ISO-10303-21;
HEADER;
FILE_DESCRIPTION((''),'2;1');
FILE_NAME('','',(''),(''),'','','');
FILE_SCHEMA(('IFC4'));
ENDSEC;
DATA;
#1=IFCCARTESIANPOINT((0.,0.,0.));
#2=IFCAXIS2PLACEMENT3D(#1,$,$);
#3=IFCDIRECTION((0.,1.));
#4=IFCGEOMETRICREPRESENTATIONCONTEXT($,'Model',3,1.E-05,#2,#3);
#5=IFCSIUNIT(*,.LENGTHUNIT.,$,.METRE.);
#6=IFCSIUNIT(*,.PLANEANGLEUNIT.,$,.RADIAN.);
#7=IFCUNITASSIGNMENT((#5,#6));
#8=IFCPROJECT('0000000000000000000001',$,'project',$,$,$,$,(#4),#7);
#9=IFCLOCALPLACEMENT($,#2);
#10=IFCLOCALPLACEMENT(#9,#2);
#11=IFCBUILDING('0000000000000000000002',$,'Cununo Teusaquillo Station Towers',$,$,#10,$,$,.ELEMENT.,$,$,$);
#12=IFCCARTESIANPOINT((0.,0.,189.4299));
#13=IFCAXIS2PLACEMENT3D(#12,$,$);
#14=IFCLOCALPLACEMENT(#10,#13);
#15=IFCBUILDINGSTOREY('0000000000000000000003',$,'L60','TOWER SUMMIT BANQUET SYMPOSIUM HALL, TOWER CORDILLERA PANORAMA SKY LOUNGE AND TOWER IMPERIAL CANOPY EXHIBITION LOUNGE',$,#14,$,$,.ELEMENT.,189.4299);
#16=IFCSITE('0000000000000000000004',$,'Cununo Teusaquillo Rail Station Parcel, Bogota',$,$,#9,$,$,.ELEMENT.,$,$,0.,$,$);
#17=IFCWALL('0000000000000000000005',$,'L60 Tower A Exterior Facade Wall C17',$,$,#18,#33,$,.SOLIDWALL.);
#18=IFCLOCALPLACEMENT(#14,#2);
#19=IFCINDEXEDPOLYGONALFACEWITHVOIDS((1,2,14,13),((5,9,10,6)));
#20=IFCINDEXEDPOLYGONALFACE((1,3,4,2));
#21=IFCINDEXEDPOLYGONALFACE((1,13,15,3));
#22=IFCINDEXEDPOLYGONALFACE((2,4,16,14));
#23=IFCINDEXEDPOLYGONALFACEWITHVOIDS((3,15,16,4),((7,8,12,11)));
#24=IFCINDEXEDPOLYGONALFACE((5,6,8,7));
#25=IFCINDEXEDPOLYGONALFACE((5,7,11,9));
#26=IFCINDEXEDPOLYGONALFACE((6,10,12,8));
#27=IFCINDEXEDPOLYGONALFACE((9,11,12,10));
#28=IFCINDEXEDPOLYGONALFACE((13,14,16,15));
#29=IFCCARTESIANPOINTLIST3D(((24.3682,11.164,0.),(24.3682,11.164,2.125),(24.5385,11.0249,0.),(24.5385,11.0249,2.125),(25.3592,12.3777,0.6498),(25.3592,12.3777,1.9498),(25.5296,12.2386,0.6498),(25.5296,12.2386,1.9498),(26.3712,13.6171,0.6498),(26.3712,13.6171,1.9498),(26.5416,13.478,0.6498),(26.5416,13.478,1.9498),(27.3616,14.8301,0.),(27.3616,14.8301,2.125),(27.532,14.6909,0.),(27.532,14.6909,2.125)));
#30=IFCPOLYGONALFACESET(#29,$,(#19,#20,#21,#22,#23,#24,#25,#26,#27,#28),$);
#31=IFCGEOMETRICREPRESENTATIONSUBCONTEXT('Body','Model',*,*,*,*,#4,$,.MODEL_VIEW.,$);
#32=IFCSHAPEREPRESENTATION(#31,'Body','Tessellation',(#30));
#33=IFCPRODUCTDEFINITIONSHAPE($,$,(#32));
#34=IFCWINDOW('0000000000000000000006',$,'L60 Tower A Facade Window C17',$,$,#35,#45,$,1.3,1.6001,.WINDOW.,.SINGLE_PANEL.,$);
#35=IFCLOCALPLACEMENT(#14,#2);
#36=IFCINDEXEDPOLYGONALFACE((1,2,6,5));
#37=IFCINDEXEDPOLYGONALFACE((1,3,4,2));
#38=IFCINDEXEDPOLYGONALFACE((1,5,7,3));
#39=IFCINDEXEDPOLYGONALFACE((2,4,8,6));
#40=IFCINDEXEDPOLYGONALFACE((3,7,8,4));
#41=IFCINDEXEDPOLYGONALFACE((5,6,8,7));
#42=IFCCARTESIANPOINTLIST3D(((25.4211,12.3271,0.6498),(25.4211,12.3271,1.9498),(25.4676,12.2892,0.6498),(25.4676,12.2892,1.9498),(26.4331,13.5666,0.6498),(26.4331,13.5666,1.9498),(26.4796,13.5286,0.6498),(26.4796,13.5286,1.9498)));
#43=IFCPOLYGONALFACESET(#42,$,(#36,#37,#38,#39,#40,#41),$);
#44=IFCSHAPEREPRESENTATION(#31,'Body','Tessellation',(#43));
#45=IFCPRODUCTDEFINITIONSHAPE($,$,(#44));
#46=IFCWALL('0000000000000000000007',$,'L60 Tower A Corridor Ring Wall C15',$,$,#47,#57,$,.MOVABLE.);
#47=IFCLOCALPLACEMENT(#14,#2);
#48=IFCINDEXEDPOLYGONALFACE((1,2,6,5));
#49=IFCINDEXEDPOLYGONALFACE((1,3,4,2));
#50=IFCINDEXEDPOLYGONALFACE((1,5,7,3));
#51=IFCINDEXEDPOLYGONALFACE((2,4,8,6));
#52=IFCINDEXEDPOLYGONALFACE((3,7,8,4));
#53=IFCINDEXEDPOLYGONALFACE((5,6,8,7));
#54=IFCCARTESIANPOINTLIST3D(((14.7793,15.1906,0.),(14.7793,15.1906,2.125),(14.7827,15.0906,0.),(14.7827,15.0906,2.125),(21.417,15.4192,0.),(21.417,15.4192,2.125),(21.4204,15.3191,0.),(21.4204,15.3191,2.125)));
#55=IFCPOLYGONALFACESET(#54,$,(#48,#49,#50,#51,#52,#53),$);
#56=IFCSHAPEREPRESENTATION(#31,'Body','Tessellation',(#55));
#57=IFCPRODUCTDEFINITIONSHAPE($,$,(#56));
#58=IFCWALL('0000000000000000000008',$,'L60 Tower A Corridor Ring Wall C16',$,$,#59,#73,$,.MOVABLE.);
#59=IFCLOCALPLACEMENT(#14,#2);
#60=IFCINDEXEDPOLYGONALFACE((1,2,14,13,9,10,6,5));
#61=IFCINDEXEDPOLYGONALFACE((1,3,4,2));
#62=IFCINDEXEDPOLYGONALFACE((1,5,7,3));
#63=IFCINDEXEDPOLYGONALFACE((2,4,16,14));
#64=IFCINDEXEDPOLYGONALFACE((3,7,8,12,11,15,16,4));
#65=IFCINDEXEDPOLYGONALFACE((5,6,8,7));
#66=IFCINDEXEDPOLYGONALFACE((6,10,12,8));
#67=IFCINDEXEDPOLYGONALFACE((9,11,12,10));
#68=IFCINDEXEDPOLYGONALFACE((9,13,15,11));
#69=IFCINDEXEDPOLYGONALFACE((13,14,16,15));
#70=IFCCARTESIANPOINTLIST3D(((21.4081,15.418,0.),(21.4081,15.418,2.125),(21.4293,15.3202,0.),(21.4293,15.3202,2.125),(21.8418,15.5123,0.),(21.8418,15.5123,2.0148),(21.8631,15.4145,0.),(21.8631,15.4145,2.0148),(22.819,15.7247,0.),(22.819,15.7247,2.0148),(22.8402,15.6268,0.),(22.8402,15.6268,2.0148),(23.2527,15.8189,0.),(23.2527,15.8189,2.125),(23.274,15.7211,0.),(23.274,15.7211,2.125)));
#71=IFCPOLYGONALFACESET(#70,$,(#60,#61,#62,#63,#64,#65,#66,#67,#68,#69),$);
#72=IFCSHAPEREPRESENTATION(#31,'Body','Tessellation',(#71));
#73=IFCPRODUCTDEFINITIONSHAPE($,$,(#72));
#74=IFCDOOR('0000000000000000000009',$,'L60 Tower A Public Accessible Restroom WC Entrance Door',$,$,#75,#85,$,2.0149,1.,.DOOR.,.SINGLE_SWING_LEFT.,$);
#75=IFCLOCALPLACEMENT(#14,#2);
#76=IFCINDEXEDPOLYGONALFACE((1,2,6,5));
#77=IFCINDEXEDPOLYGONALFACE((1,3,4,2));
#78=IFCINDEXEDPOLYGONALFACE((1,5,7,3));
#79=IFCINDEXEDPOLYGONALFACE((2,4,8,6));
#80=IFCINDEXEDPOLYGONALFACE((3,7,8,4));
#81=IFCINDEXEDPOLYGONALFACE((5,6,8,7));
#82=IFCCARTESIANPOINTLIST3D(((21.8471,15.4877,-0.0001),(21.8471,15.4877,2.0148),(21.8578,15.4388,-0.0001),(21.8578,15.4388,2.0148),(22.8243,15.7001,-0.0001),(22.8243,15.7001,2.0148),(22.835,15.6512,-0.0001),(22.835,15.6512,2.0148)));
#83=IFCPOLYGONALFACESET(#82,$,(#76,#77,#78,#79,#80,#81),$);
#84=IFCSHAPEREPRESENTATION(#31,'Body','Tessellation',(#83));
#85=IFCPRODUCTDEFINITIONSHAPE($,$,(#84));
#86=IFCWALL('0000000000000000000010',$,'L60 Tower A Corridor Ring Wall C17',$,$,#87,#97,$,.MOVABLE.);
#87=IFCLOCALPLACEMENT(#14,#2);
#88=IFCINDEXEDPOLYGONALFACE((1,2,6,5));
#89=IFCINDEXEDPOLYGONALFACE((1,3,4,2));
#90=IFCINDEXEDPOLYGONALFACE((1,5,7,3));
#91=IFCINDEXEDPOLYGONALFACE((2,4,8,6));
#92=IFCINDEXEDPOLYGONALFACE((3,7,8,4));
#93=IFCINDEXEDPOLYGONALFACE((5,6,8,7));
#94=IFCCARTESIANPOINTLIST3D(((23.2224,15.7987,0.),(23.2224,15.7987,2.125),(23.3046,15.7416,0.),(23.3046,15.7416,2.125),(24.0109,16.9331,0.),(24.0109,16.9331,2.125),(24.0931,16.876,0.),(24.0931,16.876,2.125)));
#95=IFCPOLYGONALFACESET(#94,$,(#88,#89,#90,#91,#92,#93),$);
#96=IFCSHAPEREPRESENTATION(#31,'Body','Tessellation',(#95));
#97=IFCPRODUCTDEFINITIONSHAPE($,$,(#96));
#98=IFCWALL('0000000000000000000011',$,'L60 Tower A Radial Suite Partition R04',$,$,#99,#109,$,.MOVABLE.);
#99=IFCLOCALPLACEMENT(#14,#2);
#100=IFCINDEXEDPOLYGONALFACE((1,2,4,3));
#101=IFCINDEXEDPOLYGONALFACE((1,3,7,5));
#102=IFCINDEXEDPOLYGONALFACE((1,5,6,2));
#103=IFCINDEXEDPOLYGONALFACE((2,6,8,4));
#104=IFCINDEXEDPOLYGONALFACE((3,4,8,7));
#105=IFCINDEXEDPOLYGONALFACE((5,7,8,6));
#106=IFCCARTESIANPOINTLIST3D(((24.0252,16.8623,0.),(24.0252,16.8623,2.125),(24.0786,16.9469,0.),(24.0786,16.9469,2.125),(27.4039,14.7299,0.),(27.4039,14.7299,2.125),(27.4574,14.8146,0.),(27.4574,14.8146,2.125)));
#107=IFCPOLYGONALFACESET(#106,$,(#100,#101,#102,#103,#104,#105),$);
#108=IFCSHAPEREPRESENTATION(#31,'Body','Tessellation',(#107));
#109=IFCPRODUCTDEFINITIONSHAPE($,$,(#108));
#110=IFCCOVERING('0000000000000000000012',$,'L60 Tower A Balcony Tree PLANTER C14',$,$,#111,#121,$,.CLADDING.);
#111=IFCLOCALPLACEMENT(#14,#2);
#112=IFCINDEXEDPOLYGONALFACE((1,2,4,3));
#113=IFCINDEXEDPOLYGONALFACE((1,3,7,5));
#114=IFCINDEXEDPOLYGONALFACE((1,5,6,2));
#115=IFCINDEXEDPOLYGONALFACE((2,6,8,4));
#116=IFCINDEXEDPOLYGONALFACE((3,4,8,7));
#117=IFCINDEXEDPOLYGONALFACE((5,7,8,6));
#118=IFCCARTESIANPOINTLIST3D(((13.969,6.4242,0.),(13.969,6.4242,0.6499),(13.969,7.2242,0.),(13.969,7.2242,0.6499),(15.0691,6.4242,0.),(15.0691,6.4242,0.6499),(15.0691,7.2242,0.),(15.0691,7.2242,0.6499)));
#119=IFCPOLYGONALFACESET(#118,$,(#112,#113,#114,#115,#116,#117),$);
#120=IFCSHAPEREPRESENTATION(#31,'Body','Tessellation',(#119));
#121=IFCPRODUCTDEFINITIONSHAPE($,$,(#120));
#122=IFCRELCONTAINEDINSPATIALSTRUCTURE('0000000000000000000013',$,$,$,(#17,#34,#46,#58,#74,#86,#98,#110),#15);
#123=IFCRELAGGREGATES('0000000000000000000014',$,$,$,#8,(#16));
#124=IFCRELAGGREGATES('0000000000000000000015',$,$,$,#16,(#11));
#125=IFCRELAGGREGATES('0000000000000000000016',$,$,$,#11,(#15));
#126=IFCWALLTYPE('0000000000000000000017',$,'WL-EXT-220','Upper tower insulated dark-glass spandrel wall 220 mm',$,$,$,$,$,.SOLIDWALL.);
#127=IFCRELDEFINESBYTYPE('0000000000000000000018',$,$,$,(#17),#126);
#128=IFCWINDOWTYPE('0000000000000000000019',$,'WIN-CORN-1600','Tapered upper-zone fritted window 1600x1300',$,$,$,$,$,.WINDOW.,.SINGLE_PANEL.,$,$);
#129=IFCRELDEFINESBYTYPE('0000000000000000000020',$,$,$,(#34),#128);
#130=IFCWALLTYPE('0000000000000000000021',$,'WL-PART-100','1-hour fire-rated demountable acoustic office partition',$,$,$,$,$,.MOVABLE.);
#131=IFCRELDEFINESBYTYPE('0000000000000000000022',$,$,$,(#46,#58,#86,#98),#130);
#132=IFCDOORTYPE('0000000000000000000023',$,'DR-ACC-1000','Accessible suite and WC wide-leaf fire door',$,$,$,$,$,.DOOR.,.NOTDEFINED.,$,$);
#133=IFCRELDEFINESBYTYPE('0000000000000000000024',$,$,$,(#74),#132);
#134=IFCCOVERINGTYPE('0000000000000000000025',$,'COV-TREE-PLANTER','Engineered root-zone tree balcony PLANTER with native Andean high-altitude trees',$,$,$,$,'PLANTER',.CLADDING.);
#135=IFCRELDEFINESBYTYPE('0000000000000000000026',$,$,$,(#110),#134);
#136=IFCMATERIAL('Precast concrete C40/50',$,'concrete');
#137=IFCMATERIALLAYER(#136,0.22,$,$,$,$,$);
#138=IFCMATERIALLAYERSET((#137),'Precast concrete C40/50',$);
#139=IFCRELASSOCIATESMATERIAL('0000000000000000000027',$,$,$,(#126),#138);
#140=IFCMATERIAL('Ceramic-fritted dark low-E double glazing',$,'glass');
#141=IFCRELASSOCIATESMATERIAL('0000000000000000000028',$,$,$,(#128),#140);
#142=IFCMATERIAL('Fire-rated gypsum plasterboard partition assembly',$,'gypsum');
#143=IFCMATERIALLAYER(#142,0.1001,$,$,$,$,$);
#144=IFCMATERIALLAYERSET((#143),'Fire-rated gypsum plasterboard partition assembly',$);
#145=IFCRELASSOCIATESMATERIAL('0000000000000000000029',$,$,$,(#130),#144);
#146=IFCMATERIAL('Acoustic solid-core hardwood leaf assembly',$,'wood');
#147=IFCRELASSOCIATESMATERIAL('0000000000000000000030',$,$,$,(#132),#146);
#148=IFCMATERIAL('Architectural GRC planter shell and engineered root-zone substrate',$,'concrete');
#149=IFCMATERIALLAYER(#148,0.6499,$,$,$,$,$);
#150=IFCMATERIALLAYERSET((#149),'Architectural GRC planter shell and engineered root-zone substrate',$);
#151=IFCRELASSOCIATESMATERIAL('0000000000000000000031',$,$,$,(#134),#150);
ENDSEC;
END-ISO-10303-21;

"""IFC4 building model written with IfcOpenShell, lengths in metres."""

from ifc_helpers import new_model, si_unit, direction, frame, frame_2d, origin, origin_2d, place, context, subcontext, project, spatial, rectangle, extrude, source, transform, mapped, material, layer, layer_set, type_object, element, fill, save


model = new_model("IFC4")

# Units and contexts
model_context = context("Model", 3, precision=1e-05, world=origin(), true_north=direction((0.0, 1.0)))
body_context = subcontext(model_context, "Body", "Model", "MODEL_VIEW")
ifc_project = project(units=[si_unit("LENGTHUNIT", "METRE"), si_unit("PLANEANGLEUNIT", "RADIAN")], contexts=[model_context])

# Site, building, storey
site_placement = place(None, origin())
site = spatial("IfcSite", under=ifc_project, at=site_placement, Name="Cununo Teusaquillo Rail Station Parcel, Bogota", CompositionType="ELEMENT", RefElevation=0.0)
building_placement = place(site_placement, origin())
building = spatial("IfcBuilding", under=site, at=building_placement, Name="Cununo Teusaquillo Station Towers", CompositionType="ELEMENT")
storey_placement = place(building_placement, frame((0.0, 0.0, 189.4299)))
storey = spatial("IfcBuildingStorey", under=building, at=storey_placement, Name="L60", Description="TOWER SUMMIT BANQUET SYMPOSIUM HALL, TOWER CORDILLERA PANORAMA SKY LOUNGE AND TOWER IMPERIAL CANOPY EXHIBITION LOUNGE", CompositionType="ELEMENT", Elevation=189.4299)

# Shared definitions
ifc_material_1 = material(Name="Precast concrete C40/50", Category="concrete")
ifc_layer_1 = layer(ifc_material_1, 0.22)
ifc_layer_set_1 = layer_set([ifc_layer_1], Name="Precast concrete C40/50")
wall_type_1 = type_object("IfcWallType", Name="WL-EXT-220", Description="Upper tower insulated dark-glass spandrel wall 220 mm", PredefinedType="SOLIDWALL", material=ifc_layer_set_1)

# Shared definitions
shared_shape_1 = source(origin(), body_context, "Body", "SweptSolid", [
    extrude(rectangle(XDim=1.6001, YDim=1.3, at=frame_2d((0.8, 0.6499))), frame((0.0, 0.1199, 0.0), z_axis=(0.0, -1.0, 0.0), x_axis=(1.0, 0.0, 0.0)), (0.0, 0.0, 1.0), 0.24),
])
ifc_material_2 = material(Name="Ceramic-fritted dark low-E double glazing", Category="glass")
window_type = type_object("IfcWindowType", Name="WIN-CORN-1600", Description="Tapered upper-zone fritted window 1600x1300", PartitioningType="SINGLE_PANEL", PredefinedType="WINDOW", material=ifc_material_2)
shared_shape_2 = source(origin(), body_context, "Body", "SweptSolid", [
    extrude(rectangle(XDim=1.6001, YDim=1.3, at=frame_2d((0.8, 0.6499))), frame((0.0, 0.03, 0.0), z_axis=(0.0, -1.0, 0.0), x_axis=(1.0, 0.0, 0.0)), (0.0, 0.0, 1.0), 0.0601),
])

# Wall, opening, window
wall_1_placement = place(storey_placement, frame((27.4468, 14.7605, 0.0), z_axis=(0.0, 0.0, 1.0), x_axis=(-0.632471, -0.774584, 0.0)))
wall_1 = element("IfcWall", 1, at=wall_1_placement, inside=storey, type_object=wall_type_1, Name="L60 Tower A Exterior Facade Wall C17", PredefinedType="SOLIDWALL", context=body_context, shape_type="SweptSolid", body=[
    extrude(rectangle(XDim=4.7329, YDim=0.22, at=frame_2d((2.3665, 0.0))), origin(), (0.0, 0.0, 1.0), 2.125),
])
opening_1_placement = place(wall_1_placement, frame((1.5659, 0.0, 0.6499)))
opening_1 = element("IfcOpeningElement", 2, at=opening_1_placement, cuts=wall_1, PredefinedType="OPENING", context=body_context, shape_type="MappedRepresentation", body=[
    mapped(shared_shape_1, transform((0.0, 0.0, 0.0), x_axis=(1.0, 0.0, 0.0), y_axis=(0.0, 1.0, 0.0), z_axis=(0.0, 0.0, 1.0), scale=1.0)),
])
window_1_placement = place(opening_1_placement, origin())
window_1 = element("IfcWindow", 3, at=window_1_placement, inside=storey, type_object=window_type, Name="L60 Tower A Facade Window C17", OverallHeight=1.3, OverallWidth=1.6001, PartitioningType="SINGLE_PANEL", PredefinedType="WINDOW", context=body_context, shape_type="MappedRepresentation", body=[
    mapped(shared_shape_2, transform((0.0, 0.0, 0.0), x_axis=(1.0, 0.0, 0.0), y_axis=(0.0, 1.0, 0.0), z_axis=(0.0, 0.0, 1.0), scale=1.0)),
])
fill(opening_1, window_1)

# Wall
ifc_material_3 = material(Name="Fire-rated gypsum plasterboard partition assembly", Category="gypsum")
ifc_layer_2 = layer(ifc_material_3, 0.1001)
ifc_layer_set_2 = layer_set([ifc_layer_2], Name="Fire-rated gypsum plasterboard partition assembly")
wall_type_2 = type_object("IfcWallType", Name="WL-PART-100", Description="1-hour fire-rated demountable acoustic office partition", PredefinedType="MOVABLE", material=ifc_layer_set_2)
wall_2_placement = place(storey_placement, frame((14.781, 15.1406, 0.0), z_axis=(0.0, 0.0, 1.0), x_axis=(0.999408, 0.034407, 0.0)))
element("IfcWall", 4, at=wall_2_placement, inside=storey, type_object=wall_type_2, Name="L60 Tower A Corridor Ring Wall C15", PredefinedType="MOVABLE", context=body_context, shape_type="SweptSolid", body=[
    extrude(rectangle(XDim=6.6416, YDim=0.1001, at=frame_2d((3.3208, 0.0))), origin(), (0.0, 0.0, 1.0), 2.125),
])

# Wall, opening, door
wall_3_placement = place(storey_placement, frame((21.4187, 15.3691, 0.0), z_axis=(0.0, 0.0, 1.0), x_axis=(0.977193, 0.212354, 0.0)))
wall_3 = element("IfcWall", 5, at=wall_3_placement, inside=storey, type_object=wall_type_2, Name="L60 Tower A Corridor Ring Wall C16", PredefinedType="MOVABLE", context=body_context, shape_type="SweptSolid", body=[
    extrude(rectangle(XDim=1.8877, YDim=0.1001, at=frame_2d((0.9438, 0.0))), origin(), (0.0, 0.0, 1.0), 2.125),
])
shared_shape_3 = source(origin(), body_context, "Body", "SweptSolid", [
    extrude(rectangle(XDim=1.0, YDim=2.0149, at=frame_2d((0.5, 1.0073))), frame((0.0, 0.0601, 0.0), z_axis=(0.0, -1.0, 0.0), x_axis=(1.0, 0.0, 0.0)), (0.0, 0.0, 1.0), 0.1201),
])
opening_2_placement = place(wall_3_placement, frame((0.4438, 0.0, 0.0)))
opening_2 = element("IfcOpeningElement", 6, at=opening_2_placement, cuts=wall_3, PredefinedType="OPENING", context=body_context, shape_type="MappedRepresentation", body=[
    mapped(shared_shape_3, transform((0.0, 0.0, 0.0), x_axis=(1.0, 0.0, 0.0), y_axis=(0.0, 1.0, 0.0), z_axis=(0.0, 0.0, 1.0), scale=1.0)),
])
ifc_material_4 = material(Name="Acoustic solid-core hardwood leaf assembly", Category="wood")
door_type_1 = type_object("IfcDoorType", Name="DR-ACC-1000", Description="Accessible suite and WC wide-leaf fire door", OperationType="NOTDEFINED", PredefinedType="DOOR", material=ifc_material_4)
shared_shape_4 = source(origin(), body_context, "Body", "SweptSolid", [
    extrude(rectangle(XDim=1.0, YDim=2.0149, at=frame_2d((0.5, 1.0073))), frame((0.0, 0.0249, 0.0), z_axis=(0.0, -1.0, 0.0), x_axis=(1.0, 0.0, 0.0)), (0.0, 0.0, 1.0), 0.05),
])
door_1_placement = place(opening_2_placement, origin())
door_1 = element("IfcDoor", 7, at=door_1_placement, inside=storey, type_object=door_type_1, Name="L60 Tower A Public Accessible Restroom WC Entrance Door", OperationType="SINGLE_SWING_LEFT", OverallHeight=2.0149, OverallWidth=1.0, PredefinedType="DOOR", context=body_context, shape_type="MappedRepresentation", body=[
    mapped(shared_shape_4, transform((0.0, 0.0, 0.0), x_axis=(1.0, 0.0, 0.0), y_axis=(0.0, 1.0, 0.0), z_axis=(0.0, 0.0, 1.0), scale=1.0)),
])
fill(opening_2, door_1)

# Walls
wall_4_placement = place(storey_placement, frame((23.2634, 15.77, 0.0), z_axis=(0.0, 0.0, 1.0), x_axis=(0.570743, 0.821128, 0.0)))
element("IfcWall", 8, at=wall_4_placement, inside=storey, type_object=wall_type_2, Name="L60 Tower A Corridor Ring Wall C17", PredefinedType="MOVABLE", context=body_context, shape_type="SweptSolid", body=[
    extrude(rectangle(XDim=1.3816, YDim=0.1001, at=frame_2d((0.6909, 0.0))), origin(), (0.0, 0.0, 1.0), 2.125),
])
wall_5_placement = place(storey_placement, frame((24.052, 16.9045, 0.0), z_axis=(0.0, 0.0, 1.0), x_axis=(0.845666, -0.533712, 0.0)))
element("IfcWall", 9, at=wall_5_placement, inside=storey, type_object=wall_type_2, Name="L60 Tower A Radial Suite Partition R04", PredefinedType="MOVABLE", context=body_context, shape_type="SweptSolid", body=[
    extrude(rectangle(XDim=3.9954, YDim=0.1001, at=frame_2d((1.9976, 0.0))), origin(), (0.0, 0.0, 1.0), 2.125),
])

# Covering
ifc_material_5 = material(Name="Architectural GRC planter shell and engineered root-zone substrate", Category="concrete")
ifc_layer_3 = layer(ifc_material_5, 0.6499)
ifc_layer_set_3 = layer_set([ifc_layer_3], Name="Architectural GRC planter shell and engineered root-zone substrate")
covering_type = type_object("IfcCoveringType", Name="COV-TREE-PLANTER", Description="Engineered root-zone tree balcony PLANTER with native Andean high-altitude trees", ElementType="PLANTER", PredefinedType="CLADDING", material=ifc_layer_set_3)
shared_shape_5 = source(origin(), body_context, "Body", "SweptSolid", [
    extrude(rectangle(XDim=1.1001, YDim=0.8, at=origin_2d()), origin(), (0.0, 0.0, 1.0), 0.6499),
])
covering_placement = place(storey_placement, frame((14.519, 6.8242, 0.0), z_axis=(0.0, 0.0, 1.0), x_axis=(1.0, 0.0, 0.0)))
element("IfcCovering", 10, at=covering_placement, inside=storey, type_object=covering_type, Name="L60 Tower A Balcony Tree PLANTER C14", PredefinedType="CLADDING", context=body_context, shape_type="MappedRepresentation", body=[
    mapped(shared_shape_5, transform((0.0, 0.0, 0.0), x_axis=(1.0, 0.0, 0.0), y_axis=(0.0, 1.0, 0.0), z_axis=(0.0, 0.0, 1.0), scale=1.0)),
])

save(model, "model.ifc")
